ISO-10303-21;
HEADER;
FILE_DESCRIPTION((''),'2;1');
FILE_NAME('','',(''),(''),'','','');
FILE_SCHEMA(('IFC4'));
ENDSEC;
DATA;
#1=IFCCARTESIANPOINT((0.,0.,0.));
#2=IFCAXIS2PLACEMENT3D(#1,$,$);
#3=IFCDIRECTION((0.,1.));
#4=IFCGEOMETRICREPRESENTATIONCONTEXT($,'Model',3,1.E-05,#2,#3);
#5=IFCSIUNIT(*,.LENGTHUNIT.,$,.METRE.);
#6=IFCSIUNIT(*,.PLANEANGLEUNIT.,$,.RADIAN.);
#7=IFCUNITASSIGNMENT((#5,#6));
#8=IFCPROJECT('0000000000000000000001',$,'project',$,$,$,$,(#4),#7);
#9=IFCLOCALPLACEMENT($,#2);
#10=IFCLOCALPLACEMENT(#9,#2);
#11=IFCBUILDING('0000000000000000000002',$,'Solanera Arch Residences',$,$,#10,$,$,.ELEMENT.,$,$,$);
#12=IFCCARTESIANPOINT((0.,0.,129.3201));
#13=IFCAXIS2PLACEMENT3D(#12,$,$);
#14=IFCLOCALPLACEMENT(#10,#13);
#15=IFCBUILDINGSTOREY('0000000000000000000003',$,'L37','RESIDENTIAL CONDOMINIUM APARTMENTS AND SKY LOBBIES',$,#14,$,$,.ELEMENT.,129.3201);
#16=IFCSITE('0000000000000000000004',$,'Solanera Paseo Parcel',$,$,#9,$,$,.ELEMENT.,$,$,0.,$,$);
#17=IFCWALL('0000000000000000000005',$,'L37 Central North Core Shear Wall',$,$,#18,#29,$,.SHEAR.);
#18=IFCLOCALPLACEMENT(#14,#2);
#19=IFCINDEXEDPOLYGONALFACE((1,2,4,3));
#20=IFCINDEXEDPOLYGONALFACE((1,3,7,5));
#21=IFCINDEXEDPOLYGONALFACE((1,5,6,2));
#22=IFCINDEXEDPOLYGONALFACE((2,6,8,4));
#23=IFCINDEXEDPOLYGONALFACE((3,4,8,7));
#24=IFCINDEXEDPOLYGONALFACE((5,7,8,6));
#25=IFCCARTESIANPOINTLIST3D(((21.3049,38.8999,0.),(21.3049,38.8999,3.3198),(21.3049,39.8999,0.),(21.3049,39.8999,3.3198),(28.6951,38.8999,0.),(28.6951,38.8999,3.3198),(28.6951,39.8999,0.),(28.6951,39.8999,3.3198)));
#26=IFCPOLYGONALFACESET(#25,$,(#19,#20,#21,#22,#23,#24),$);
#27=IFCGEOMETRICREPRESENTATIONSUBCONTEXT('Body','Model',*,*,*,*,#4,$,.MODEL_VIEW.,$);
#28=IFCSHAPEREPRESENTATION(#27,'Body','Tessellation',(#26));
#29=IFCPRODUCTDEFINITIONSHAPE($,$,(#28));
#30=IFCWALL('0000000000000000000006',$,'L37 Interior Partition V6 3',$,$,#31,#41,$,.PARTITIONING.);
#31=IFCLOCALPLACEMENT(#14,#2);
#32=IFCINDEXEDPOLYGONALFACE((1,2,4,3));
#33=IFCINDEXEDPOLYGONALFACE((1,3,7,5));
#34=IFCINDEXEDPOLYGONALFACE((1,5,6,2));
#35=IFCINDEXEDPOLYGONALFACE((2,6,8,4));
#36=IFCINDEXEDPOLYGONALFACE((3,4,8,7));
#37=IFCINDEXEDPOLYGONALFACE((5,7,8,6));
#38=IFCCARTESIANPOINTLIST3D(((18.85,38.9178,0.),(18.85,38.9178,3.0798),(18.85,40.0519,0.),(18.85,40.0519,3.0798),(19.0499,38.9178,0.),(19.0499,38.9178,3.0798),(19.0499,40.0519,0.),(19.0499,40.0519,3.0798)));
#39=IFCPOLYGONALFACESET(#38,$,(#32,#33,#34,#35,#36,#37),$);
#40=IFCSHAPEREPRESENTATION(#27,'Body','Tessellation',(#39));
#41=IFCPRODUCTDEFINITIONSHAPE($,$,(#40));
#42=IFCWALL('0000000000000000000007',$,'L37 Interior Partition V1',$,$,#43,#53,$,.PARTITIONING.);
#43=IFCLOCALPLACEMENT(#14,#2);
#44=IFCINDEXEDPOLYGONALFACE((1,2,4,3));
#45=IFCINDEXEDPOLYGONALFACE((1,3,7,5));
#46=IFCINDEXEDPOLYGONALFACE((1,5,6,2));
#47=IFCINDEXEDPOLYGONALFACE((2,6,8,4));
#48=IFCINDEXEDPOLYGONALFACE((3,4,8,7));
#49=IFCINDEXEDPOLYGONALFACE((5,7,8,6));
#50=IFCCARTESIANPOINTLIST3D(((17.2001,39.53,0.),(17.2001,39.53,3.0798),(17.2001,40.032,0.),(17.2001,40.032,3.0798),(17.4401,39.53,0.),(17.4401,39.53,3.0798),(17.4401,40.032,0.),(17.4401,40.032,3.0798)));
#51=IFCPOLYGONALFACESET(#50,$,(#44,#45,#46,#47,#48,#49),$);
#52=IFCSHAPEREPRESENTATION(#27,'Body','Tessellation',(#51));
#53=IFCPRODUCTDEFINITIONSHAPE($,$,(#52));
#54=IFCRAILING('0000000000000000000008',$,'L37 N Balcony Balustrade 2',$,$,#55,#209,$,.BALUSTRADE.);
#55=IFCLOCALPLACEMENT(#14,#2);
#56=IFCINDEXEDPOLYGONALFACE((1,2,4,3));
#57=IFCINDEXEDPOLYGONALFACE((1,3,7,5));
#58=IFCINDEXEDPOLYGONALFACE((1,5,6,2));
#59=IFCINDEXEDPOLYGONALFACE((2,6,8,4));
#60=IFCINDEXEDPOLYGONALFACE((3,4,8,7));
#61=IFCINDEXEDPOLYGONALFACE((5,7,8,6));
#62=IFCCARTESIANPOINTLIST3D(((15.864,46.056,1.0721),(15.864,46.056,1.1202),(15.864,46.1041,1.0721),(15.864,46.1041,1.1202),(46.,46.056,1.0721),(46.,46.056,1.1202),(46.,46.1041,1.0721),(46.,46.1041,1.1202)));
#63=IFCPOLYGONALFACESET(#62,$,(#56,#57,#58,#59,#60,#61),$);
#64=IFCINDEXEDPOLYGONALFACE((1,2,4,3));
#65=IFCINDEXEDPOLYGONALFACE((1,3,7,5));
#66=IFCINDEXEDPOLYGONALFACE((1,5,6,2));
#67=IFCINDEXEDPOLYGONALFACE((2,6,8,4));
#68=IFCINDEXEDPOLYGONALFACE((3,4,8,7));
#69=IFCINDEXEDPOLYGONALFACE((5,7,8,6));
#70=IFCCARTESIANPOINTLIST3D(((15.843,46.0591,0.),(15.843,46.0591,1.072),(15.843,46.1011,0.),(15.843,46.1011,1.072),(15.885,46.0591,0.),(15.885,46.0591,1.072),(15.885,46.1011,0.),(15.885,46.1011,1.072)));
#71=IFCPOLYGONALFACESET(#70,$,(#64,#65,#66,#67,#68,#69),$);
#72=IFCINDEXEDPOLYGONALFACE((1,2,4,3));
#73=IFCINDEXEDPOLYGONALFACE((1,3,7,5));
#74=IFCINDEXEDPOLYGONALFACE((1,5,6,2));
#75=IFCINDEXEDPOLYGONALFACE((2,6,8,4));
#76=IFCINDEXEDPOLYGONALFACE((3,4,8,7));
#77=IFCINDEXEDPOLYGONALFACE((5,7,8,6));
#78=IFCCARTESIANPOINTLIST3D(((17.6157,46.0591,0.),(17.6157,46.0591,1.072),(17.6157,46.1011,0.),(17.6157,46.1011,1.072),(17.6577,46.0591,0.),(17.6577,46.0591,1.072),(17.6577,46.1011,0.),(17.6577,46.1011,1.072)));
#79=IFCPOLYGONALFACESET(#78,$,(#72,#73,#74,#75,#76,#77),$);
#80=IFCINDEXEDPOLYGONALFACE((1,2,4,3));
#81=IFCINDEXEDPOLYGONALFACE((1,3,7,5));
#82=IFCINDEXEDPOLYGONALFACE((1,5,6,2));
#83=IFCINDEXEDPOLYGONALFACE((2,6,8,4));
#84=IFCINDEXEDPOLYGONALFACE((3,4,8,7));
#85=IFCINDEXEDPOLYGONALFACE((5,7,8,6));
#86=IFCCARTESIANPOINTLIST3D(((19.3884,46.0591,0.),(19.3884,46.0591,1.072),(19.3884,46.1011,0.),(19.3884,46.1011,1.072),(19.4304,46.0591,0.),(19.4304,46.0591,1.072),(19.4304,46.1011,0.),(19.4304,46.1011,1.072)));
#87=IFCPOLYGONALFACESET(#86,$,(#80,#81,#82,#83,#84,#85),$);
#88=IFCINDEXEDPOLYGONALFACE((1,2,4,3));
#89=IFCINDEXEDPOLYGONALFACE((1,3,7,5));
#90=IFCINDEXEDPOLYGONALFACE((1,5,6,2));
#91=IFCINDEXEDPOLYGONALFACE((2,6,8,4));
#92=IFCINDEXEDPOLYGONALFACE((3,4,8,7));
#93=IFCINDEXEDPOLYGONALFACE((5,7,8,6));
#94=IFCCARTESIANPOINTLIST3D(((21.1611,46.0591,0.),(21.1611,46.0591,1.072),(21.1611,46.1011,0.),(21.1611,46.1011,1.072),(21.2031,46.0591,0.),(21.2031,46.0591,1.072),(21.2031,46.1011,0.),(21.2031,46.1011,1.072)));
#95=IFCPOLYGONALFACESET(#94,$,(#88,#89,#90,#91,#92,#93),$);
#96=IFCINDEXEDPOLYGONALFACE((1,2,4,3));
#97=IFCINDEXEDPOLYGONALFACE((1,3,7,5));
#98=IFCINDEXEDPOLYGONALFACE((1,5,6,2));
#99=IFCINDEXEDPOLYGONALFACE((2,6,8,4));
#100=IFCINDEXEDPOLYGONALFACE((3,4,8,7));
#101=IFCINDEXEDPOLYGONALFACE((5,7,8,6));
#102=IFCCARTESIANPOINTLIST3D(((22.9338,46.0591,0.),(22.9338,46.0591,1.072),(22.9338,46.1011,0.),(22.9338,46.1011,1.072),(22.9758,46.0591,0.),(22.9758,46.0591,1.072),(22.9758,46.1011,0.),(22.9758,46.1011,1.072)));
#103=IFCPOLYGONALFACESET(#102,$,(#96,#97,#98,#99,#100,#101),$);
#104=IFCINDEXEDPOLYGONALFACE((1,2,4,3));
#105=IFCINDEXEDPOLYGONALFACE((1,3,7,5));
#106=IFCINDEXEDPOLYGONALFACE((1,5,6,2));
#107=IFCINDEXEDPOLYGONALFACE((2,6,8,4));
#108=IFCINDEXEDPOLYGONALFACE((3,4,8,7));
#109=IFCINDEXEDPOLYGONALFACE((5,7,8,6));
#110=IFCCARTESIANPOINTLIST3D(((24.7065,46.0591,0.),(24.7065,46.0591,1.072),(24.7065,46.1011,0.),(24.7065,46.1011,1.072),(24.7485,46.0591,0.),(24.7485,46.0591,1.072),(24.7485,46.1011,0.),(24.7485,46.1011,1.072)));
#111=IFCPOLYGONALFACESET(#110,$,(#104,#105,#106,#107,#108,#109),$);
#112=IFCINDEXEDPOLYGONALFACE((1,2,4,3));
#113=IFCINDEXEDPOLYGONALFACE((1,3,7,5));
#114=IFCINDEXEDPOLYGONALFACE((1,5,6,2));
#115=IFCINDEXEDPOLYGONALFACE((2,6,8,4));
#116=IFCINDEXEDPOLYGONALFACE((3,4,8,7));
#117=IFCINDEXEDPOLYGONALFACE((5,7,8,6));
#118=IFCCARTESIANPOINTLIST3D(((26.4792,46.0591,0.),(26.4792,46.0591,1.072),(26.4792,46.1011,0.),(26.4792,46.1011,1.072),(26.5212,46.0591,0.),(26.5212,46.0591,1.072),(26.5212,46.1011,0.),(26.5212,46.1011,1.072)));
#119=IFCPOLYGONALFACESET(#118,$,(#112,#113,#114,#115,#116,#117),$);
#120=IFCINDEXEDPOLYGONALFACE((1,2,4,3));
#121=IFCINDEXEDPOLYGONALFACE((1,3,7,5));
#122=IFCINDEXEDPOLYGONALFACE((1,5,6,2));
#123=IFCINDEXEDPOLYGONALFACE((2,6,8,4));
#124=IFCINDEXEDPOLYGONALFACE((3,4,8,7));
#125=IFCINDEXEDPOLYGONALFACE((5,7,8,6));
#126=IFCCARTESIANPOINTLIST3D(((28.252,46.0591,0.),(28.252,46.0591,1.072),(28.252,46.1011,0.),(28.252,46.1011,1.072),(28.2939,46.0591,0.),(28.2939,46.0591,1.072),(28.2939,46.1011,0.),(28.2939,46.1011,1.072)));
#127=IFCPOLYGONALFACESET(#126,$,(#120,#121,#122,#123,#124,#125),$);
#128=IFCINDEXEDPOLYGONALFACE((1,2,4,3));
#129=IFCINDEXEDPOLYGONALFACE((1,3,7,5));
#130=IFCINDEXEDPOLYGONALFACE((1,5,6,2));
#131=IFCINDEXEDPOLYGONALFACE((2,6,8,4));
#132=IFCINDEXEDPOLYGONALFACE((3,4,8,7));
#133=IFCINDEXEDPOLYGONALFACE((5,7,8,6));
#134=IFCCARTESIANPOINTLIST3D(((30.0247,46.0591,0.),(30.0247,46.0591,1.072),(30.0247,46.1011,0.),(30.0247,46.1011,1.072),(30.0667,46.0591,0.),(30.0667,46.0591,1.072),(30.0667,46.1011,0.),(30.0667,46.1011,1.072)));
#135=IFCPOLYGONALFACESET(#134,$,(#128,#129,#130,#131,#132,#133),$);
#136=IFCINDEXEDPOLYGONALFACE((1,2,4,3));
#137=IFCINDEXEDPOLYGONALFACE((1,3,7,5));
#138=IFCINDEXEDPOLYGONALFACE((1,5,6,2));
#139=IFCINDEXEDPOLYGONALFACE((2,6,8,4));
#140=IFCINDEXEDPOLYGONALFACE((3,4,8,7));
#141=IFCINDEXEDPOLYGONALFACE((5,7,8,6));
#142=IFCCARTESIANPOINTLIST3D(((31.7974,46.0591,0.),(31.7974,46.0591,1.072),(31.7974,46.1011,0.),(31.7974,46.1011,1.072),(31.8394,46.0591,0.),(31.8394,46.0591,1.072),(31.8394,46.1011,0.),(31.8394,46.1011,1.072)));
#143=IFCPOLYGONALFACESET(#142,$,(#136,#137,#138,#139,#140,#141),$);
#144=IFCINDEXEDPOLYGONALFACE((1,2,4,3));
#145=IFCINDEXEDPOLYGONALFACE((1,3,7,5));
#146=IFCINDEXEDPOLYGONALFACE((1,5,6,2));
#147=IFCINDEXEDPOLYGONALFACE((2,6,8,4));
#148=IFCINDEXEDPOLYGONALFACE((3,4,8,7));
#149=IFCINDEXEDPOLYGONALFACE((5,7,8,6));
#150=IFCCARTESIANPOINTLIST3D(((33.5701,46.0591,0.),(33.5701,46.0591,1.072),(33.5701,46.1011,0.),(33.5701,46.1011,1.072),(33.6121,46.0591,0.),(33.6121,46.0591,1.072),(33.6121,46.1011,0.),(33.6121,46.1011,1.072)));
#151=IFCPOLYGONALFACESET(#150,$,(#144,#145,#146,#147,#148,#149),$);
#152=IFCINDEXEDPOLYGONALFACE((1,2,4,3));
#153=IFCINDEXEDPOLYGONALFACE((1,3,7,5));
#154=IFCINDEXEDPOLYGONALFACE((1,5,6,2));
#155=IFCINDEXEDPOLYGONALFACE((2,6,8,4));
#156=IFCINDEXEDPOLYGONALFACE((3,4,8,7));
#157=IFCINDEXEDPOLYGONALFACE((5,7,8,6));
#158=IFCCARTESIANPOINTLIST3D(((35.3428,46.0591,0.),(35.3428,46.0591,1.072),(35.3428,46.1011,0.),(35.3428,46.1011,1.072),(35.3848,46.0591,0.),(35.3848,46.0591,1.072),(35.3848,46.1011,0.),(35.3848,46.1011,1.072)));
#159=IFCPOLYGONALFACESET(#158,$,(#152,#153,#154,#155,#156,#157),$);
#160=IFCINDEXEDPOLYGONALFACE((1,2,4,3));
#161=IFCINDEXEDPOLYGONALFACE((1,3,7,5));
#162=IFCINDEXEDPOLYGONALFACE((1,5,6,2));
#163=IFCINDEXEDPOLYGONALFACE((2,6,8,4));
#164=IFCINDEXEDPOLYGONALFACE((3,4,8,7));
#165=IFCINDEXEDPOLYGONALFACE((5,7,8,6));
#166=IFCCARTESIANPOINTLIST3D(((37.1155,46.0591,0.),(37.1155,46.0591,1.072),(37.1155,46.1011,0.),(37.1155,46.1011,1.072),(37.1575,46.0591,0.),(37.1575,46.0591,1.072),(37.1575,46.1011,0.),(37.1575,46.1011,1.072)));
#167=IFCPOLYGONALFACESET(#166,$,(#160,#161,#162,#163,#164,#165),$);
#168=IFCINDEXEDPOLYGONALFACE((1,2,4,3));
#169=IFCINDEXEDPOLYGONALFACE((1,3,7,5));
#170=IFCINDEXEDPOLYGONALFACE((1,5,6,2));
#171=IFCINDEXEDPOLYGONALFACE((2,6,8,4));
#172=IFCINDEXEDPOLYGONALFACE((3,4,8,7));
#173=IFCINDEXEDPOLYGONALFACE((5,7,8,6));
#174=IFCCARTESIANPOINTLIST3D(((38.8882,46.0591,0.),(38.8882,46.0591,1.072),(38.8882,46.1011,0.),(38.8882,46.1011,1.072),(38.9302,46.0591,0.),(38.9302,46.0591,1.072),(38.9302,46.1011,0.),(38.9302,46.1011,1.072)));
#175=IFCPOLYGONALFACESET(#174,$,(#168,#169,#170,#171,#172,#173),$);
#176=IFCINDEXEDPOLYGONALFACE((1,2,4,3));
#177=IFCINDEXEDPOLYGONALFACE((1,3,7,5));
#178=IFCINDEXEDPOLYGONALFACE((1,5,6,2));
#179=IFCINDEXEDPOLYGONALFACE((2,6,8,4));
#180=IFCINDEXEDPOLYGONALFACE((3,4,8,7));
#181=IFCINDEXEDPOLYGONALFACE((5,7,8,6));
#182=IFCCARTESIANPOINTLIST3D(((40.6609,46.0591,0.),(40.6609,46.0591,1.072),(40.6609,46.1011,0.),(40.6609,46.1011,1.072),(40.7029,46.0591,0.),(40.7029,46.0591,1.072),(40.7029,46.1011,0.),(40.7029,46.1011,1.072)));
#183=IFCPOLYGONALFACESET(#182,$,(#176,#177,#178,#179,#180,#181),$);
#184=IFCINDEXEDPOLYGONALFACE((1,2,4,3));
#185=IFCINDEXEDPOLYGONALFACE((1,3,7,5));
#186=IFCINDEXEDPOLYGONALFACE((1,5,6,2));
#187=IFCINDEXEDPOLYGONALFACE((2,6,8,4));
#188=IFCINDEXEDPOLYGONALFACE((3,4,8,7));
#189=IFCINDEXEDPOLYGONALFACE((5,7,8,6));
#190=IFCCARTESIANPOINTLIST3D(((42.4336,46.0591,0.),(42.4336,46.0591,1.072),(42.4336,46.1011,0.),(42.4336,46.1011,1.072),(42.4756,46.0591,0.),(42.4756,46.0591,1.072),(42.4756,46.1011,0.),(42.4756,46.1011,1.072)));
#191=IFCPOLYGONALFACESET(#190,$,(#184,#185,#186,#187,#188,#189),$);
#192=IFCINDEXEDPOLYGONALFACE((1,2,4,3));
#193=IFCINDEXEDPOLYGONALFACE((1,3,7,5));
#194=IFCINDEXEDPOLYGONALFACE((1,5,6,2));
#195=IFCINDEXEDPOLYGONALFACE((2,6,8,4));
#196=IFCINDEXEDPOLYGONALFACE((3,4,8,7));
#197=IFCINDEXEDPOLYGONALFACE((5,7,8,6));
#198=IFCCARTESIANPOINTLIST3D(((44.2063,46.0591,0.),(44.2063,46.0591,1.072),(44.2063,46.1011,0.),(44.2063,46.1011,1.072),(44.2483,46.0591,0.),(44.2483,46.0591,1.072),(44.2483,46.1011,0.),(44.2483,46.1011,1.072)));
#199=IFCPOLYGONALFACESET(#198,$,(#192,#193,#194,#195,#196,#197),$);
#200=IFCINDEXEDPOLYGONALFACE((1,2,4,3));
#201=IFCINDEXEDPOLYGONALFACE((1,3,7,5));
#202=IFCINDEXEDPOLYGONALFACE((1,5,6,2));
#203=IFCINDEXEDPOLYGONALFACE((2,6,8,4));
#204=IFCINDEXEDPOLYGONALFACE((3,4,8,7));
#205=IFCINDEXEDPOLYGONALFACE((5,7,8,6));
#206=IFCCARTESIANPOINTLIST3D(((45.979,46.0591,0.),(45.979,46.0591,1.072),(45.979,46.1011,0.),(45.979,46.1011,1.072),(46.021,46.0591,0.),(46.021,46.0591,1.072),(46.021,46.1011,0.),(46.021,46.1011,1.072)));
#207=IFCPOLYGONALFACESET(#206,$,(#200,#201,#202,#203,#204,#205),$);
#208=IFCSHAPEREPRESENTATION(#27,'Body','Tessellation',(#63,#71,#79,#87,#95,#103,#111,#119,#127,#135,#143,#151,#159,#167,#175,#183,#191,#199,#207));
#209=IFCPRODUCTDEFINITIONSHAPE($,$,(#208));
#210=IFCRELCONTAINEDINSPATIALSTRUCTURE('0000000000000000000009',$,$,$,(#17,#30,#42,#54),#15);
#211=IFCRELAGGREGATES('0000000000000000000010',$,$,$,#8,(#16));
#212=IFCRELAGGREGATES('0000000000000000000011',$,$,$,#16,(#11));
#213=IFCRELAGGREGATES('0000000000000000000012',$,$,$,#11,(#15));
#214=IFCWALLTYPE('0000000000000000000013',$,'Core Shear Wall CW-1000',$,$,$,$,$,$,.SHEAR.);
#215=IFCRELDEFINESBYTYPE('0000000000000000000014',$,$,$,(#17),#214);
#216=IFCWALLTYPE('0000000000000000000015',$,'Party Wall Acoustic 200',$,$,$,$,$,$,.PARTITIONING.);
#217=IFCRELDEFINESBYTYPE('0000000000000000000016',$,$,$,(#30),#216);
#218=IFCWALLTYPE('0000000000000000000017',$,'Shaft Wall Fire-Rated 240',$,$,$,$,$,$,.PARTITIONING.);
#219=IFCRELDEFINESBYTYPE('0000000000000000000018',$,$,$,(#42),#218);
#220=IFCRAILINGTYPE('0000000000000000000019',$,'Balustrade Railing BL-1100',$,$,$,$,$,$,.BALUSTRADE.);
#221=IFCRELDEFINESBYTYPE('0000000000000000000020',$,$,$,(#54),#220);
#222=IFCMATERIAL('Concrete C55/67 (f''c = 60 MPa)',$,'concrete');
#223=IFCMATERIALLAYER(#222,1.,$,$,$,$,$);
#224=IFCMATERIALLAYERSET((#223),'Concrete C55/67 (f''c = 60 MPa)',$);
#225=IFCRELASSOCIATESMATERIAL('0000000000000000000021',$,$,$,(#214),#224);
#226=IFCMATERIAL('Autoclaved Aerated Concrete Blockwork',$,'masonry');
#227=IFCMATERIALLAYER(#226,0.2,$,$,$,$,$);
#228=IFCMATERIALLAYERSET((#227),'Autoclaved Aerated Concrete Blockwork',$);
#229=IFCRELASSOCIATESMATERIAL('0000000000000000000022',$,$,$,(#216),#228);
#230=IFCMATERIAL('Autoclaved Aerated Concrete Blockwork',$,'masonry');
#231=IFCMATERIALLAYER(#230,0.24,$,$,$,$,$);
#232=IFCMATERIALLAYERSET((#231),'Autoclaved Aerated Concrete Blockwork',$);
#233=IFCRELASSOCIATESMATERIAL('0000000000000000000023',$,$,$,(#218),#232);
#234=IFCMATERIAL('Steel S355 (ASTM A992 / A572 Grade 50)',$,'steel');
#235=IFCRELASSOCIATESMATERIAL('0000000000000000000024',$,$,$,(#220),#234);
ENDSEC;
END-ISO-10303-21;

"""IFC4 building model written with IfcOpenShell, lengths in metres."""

from ifc_helpers import new_model, si_unit, direction, frame, frame_2d, origin, origin_2d, place, context, subcontext, project, spatial, rectangle, extrude, material, layer, layer_set, type_object, element, save


model = new_model("IFC4")

# Units and contexts
model_context = context("Model", 3, precision=1e-05, world=origin(), true_north=direction((0.0, 1.0)))
body_context = subcontext(model_context, "Body", "Model", "MODEL_VIEW")
ifc_project = project(units=[si_unit("LENGTHUNIT", "METRE"), si_unit("PLANEANGLEUNIT", "RADIAN")], contexts=[model_context])

# Site, building, storey
site_placement = place(None, origin())
site = spatial("IfcSite", under=ifc_project, at=site_placement, Name="Solanera Paseo Parcel", CompositionType="ELEMENT", RefElevation=0.0)
building_placement = place(site_placement, origin())
building = spatial("IfcBuilding", under=site, at=building_placement, Name="Solanera Arch Residences", CompositionType="ELEMENT")
storey_placement = place(building_placement, frame((0.0, 0.0, 129.3201)))
storey = spatial("IfcBuildingStorey", under=building, at=storey_placement, Name="L37", Description="RESIDENTIAL CONDOMINIUM APARTMENTS AND SKY LOBBIES", CompositionType="ELEMENT", Elevation=129.3201)

# Walls
ifc_material_1 = material(Name="Concrete C55/67 (f'c = 60 MPa)", Category="concrete")
ifc_layer_1 = layer(ifc_material_1, 1.0)
ifc_layer_set_1 = layer_set([ifc_layer_1], Name="Concrete C55/67 (f'c = 60 MPa)")
wall_type_1 = type_object("IfcWallType", Name="Core Shear Wall CW-1000", PredefinedType="SHEAR", material=ifc_layer_set_1)
wall_1_placement = place(storey_placement, frame((21.3049, 39.3999, 0.0), z_axis=(0.0, 0.0, 1.0), x_axis=(1.0, 0.0, 0.0)))
element("IfcWall", 1, at=wall_1_placement, inside=storey, type_object=wall_type_1, Name="L37 Central North Core Shear Wall", PredefinedType="SHEAR", context=body_context, shape_type="SweptSolid", body=[
    extrude(rectangle(XDim=7.3901, YDim=1.0, at=frame_2d((3.6951, 0.0))), origin(), (0.0, 0.0, 1.0), 3.3198),
])
ifc_material_2 = material(Name="Autoclaved Aerated Concrete Blockwork", Category="masonry")
ifc_layer_2 = layer(ifc_material_2, 0.2)
ifc_layer_set_2 = layer_set([ifc_layer_2], Name="Autoclaved Aerated Concrete Blockwork")
wall_type_2 = type_object("IfcWallType", Name="Party Wall Acoustic 200", PredefinedType="PARTITIONING", material=ifc_layer_set_2)
wall_2_placement = place(storey_placement, frame((18.95, 38.918, 0.0), z_axis=(0.0, 0.0, 1.0), x_axis=(0.0, 1.0, 0.0)))
element("IfcWall", 2, at=wall_2_placement, inside=storey, type_object=wall_type_2, Name="L37 Interior Partition V6 3", PredefinedType="PARTITIONING", context=body_context, shape_type="SweptSolid", body=[
    extrude(rectangle(XDim=1.134, YDim=0.2, at=frame_2d((0.5669, 0.0))), origin(), (0.0, 0.0, 1.0), 3.0798),
])
ifc_material_3 = material(Name="Autoclaved Aerated Concrete Blockwork", Category="masonry")
ifc_layer_3 = layer(ifc_material_3, 0.24)
ifc_layer_set_3 = layer_set([ifc_layer_3], Name="Autoclaved Aerated Concrete Blockwork")
wall_type_3 = type_object("IfcWallType", Name="Shaft Wall Fire-Rated 240", PredefinedType="PARTITIONING", material=ifc_layer_set_3)
wall_3_placement = place(storey_placement, frame((17.3201, 39.53, 0.0), z_axis=(0.0, 0.0, 1.0), x_axis=(0.0, 1.0, 0.0)))
element("IfcWall", 3, at=wall_3_placement, inside=storey, type_object=wall_type_3, Name="L37 Interior Partition V1", PredefinedType="PARTITIONING", context=body_context, shape_type="SweptSolid", body=[
    extrude(rectangle(XDim=0.502, YDim=0.24, at=frame_2d((0.251, 0.0))), origin(), (0.0, 0.0, 1.0), 3.0798),
])

# Railing
ifc_material_4 = material(Name="Steel S355 (ASTM A992 / A572 Grade 50)", Category="steel")
railing_type = type_object("IfcRailingType", Name="Balustrade Railing BL-1100", PredefinedType="BALUSTRADE", material=ifc_material_4)
railing_placement = place(storey_placement, frame((15.864, 46.0801, 0.0)))
element("IfcRailing", 4, at=railing_placement, inside=storey, type_object=railing_type, Name="L37 N Balcony Balustrade 2", PredefinedType="BALUSTRADE", context=body_context, shape_type="SweptSolid", body=[
    extrude(rectangle(XDim=0.0481, YDim=0.0481, at=origin_2d()), frame((0.0, 0.0, 1.0962), z_axis=(1.0, 0.0, 0.0), x_axis=(0.0, 1.0, 0.0)), (0.0, 0.0, 1.0), 30.136),
    extrude(rectangle(XDim=0.042, YDim=0.042, at=origin_2d()), origin(), (0.0, 0.0, 1.0), 1.072),
    extrude(rectangle(XDim=0.042, YDim=0.042, at=origin_2d()), frame((1.7727, 0.0, 0.0)), (0.0, 0.0, 1.0), 1.072),
    extrude(rectangle(XDim=0.042, YDim=0.042, at=origin_2d()), frame((3.5454, 0.0, 0.0)), (0.0, 0.0, 1.0), 1.072),
    extrude(rectangle(XDim=0.042, YDim=0.042, at=origin_2d()), frame((5.3181, 0.0, 0.0)), (0.0, 0.0, 1.0), 1.072),
    extrude(rectangle(XDim=0.042, YDim=0.042, at=origin_2d()), frame((7.0908, 0.0, 0.0)), (0.0, 0.0, 1.0), 1.072),
    extrude(rectangle(XDim=0.042, YDim=0.042, at=origin_2d()), frame((8.8635, 0.0, 0.0)), (0.0, 0.0, 1.0), 1.072),
    extrude(rectangle(XDim=0.042, YDim=0.042, at=origin_2d()), frame((10.6362, 0.0, 0.0)), (0.0, 0.0, 1.0), 1.072),
    extrude(rectangle(XDim=0.042, YDim=0.042, at=origin_2d()), frame((12.4089, 0.0, 0.0)), (0.0, 0.0, 1.0), 1.072),
    extrude(rectangle(XDim=0.042, YDim=0.042, at=origin_2d()), frame((14.1816, 0.0, 0.0)), (0.0, 0.0, 1.0), 1.072),
    extrude(rectangle(XDim=0.042, YDim=0.042, at=origin_2d()), frame((15.9543, 0.0, 0.0)), (0.0, 0.0, 1.0), 1.072),
    extrude(rectangle(XDim=0.042, YDim=0.042, at=origin_2d()), frame((17.7271, 0.0, 0.0)), (0.0, 0.0, 1.0), 1.072),
    extrude(rectangle(XDim=0.042, YDim=0.042, at=origin_2d()), frame((19.4998, 0.0, 0.0)), (0.0, 0.0, 1.0), 1.072),
    extrude(rectangle(XDim=0.042, YDim=0.042, at=origin_2d()), frame((21.2725, 0.0, 0.0)), (0.0, 0.0, 1.0), 1.072),
    extrude(rectangle(XDim=0.042, YDim=0.042, at=origin_2d()), frame((23.0452, 0.0, 0.0)), (0.0, 0.0, 1.0), 1.072),
    extrude(rectangle(XDim=0.042, YDim=0.042, at=origin_2d()), frame((24.8179, 0.0, 0.0)), (0.0, 0.0, 1.0), 1.072),
    extrude(rectangle(XDim=0.042, YDim=0.042, at=origin_2d()), frame((26.5906, 0.0, 0.0)), (0.0, 0.0, 1.0), 1.072),
    extrude(rectangle(XDim=0.042, YDim=0.042, at=origin_2d()), frame((28.3633, 0.0, 0.0)), (0.0, 0.0, 1.0), 1.072),
    extrude(rectangle(XDim=0.042, YDim=0.042, at=origin_2d()), frame((30.136, 0.0, 0.0)), (0.0, 0.0, 1.0), 1.072),
])

save(model, "model.ifc")
